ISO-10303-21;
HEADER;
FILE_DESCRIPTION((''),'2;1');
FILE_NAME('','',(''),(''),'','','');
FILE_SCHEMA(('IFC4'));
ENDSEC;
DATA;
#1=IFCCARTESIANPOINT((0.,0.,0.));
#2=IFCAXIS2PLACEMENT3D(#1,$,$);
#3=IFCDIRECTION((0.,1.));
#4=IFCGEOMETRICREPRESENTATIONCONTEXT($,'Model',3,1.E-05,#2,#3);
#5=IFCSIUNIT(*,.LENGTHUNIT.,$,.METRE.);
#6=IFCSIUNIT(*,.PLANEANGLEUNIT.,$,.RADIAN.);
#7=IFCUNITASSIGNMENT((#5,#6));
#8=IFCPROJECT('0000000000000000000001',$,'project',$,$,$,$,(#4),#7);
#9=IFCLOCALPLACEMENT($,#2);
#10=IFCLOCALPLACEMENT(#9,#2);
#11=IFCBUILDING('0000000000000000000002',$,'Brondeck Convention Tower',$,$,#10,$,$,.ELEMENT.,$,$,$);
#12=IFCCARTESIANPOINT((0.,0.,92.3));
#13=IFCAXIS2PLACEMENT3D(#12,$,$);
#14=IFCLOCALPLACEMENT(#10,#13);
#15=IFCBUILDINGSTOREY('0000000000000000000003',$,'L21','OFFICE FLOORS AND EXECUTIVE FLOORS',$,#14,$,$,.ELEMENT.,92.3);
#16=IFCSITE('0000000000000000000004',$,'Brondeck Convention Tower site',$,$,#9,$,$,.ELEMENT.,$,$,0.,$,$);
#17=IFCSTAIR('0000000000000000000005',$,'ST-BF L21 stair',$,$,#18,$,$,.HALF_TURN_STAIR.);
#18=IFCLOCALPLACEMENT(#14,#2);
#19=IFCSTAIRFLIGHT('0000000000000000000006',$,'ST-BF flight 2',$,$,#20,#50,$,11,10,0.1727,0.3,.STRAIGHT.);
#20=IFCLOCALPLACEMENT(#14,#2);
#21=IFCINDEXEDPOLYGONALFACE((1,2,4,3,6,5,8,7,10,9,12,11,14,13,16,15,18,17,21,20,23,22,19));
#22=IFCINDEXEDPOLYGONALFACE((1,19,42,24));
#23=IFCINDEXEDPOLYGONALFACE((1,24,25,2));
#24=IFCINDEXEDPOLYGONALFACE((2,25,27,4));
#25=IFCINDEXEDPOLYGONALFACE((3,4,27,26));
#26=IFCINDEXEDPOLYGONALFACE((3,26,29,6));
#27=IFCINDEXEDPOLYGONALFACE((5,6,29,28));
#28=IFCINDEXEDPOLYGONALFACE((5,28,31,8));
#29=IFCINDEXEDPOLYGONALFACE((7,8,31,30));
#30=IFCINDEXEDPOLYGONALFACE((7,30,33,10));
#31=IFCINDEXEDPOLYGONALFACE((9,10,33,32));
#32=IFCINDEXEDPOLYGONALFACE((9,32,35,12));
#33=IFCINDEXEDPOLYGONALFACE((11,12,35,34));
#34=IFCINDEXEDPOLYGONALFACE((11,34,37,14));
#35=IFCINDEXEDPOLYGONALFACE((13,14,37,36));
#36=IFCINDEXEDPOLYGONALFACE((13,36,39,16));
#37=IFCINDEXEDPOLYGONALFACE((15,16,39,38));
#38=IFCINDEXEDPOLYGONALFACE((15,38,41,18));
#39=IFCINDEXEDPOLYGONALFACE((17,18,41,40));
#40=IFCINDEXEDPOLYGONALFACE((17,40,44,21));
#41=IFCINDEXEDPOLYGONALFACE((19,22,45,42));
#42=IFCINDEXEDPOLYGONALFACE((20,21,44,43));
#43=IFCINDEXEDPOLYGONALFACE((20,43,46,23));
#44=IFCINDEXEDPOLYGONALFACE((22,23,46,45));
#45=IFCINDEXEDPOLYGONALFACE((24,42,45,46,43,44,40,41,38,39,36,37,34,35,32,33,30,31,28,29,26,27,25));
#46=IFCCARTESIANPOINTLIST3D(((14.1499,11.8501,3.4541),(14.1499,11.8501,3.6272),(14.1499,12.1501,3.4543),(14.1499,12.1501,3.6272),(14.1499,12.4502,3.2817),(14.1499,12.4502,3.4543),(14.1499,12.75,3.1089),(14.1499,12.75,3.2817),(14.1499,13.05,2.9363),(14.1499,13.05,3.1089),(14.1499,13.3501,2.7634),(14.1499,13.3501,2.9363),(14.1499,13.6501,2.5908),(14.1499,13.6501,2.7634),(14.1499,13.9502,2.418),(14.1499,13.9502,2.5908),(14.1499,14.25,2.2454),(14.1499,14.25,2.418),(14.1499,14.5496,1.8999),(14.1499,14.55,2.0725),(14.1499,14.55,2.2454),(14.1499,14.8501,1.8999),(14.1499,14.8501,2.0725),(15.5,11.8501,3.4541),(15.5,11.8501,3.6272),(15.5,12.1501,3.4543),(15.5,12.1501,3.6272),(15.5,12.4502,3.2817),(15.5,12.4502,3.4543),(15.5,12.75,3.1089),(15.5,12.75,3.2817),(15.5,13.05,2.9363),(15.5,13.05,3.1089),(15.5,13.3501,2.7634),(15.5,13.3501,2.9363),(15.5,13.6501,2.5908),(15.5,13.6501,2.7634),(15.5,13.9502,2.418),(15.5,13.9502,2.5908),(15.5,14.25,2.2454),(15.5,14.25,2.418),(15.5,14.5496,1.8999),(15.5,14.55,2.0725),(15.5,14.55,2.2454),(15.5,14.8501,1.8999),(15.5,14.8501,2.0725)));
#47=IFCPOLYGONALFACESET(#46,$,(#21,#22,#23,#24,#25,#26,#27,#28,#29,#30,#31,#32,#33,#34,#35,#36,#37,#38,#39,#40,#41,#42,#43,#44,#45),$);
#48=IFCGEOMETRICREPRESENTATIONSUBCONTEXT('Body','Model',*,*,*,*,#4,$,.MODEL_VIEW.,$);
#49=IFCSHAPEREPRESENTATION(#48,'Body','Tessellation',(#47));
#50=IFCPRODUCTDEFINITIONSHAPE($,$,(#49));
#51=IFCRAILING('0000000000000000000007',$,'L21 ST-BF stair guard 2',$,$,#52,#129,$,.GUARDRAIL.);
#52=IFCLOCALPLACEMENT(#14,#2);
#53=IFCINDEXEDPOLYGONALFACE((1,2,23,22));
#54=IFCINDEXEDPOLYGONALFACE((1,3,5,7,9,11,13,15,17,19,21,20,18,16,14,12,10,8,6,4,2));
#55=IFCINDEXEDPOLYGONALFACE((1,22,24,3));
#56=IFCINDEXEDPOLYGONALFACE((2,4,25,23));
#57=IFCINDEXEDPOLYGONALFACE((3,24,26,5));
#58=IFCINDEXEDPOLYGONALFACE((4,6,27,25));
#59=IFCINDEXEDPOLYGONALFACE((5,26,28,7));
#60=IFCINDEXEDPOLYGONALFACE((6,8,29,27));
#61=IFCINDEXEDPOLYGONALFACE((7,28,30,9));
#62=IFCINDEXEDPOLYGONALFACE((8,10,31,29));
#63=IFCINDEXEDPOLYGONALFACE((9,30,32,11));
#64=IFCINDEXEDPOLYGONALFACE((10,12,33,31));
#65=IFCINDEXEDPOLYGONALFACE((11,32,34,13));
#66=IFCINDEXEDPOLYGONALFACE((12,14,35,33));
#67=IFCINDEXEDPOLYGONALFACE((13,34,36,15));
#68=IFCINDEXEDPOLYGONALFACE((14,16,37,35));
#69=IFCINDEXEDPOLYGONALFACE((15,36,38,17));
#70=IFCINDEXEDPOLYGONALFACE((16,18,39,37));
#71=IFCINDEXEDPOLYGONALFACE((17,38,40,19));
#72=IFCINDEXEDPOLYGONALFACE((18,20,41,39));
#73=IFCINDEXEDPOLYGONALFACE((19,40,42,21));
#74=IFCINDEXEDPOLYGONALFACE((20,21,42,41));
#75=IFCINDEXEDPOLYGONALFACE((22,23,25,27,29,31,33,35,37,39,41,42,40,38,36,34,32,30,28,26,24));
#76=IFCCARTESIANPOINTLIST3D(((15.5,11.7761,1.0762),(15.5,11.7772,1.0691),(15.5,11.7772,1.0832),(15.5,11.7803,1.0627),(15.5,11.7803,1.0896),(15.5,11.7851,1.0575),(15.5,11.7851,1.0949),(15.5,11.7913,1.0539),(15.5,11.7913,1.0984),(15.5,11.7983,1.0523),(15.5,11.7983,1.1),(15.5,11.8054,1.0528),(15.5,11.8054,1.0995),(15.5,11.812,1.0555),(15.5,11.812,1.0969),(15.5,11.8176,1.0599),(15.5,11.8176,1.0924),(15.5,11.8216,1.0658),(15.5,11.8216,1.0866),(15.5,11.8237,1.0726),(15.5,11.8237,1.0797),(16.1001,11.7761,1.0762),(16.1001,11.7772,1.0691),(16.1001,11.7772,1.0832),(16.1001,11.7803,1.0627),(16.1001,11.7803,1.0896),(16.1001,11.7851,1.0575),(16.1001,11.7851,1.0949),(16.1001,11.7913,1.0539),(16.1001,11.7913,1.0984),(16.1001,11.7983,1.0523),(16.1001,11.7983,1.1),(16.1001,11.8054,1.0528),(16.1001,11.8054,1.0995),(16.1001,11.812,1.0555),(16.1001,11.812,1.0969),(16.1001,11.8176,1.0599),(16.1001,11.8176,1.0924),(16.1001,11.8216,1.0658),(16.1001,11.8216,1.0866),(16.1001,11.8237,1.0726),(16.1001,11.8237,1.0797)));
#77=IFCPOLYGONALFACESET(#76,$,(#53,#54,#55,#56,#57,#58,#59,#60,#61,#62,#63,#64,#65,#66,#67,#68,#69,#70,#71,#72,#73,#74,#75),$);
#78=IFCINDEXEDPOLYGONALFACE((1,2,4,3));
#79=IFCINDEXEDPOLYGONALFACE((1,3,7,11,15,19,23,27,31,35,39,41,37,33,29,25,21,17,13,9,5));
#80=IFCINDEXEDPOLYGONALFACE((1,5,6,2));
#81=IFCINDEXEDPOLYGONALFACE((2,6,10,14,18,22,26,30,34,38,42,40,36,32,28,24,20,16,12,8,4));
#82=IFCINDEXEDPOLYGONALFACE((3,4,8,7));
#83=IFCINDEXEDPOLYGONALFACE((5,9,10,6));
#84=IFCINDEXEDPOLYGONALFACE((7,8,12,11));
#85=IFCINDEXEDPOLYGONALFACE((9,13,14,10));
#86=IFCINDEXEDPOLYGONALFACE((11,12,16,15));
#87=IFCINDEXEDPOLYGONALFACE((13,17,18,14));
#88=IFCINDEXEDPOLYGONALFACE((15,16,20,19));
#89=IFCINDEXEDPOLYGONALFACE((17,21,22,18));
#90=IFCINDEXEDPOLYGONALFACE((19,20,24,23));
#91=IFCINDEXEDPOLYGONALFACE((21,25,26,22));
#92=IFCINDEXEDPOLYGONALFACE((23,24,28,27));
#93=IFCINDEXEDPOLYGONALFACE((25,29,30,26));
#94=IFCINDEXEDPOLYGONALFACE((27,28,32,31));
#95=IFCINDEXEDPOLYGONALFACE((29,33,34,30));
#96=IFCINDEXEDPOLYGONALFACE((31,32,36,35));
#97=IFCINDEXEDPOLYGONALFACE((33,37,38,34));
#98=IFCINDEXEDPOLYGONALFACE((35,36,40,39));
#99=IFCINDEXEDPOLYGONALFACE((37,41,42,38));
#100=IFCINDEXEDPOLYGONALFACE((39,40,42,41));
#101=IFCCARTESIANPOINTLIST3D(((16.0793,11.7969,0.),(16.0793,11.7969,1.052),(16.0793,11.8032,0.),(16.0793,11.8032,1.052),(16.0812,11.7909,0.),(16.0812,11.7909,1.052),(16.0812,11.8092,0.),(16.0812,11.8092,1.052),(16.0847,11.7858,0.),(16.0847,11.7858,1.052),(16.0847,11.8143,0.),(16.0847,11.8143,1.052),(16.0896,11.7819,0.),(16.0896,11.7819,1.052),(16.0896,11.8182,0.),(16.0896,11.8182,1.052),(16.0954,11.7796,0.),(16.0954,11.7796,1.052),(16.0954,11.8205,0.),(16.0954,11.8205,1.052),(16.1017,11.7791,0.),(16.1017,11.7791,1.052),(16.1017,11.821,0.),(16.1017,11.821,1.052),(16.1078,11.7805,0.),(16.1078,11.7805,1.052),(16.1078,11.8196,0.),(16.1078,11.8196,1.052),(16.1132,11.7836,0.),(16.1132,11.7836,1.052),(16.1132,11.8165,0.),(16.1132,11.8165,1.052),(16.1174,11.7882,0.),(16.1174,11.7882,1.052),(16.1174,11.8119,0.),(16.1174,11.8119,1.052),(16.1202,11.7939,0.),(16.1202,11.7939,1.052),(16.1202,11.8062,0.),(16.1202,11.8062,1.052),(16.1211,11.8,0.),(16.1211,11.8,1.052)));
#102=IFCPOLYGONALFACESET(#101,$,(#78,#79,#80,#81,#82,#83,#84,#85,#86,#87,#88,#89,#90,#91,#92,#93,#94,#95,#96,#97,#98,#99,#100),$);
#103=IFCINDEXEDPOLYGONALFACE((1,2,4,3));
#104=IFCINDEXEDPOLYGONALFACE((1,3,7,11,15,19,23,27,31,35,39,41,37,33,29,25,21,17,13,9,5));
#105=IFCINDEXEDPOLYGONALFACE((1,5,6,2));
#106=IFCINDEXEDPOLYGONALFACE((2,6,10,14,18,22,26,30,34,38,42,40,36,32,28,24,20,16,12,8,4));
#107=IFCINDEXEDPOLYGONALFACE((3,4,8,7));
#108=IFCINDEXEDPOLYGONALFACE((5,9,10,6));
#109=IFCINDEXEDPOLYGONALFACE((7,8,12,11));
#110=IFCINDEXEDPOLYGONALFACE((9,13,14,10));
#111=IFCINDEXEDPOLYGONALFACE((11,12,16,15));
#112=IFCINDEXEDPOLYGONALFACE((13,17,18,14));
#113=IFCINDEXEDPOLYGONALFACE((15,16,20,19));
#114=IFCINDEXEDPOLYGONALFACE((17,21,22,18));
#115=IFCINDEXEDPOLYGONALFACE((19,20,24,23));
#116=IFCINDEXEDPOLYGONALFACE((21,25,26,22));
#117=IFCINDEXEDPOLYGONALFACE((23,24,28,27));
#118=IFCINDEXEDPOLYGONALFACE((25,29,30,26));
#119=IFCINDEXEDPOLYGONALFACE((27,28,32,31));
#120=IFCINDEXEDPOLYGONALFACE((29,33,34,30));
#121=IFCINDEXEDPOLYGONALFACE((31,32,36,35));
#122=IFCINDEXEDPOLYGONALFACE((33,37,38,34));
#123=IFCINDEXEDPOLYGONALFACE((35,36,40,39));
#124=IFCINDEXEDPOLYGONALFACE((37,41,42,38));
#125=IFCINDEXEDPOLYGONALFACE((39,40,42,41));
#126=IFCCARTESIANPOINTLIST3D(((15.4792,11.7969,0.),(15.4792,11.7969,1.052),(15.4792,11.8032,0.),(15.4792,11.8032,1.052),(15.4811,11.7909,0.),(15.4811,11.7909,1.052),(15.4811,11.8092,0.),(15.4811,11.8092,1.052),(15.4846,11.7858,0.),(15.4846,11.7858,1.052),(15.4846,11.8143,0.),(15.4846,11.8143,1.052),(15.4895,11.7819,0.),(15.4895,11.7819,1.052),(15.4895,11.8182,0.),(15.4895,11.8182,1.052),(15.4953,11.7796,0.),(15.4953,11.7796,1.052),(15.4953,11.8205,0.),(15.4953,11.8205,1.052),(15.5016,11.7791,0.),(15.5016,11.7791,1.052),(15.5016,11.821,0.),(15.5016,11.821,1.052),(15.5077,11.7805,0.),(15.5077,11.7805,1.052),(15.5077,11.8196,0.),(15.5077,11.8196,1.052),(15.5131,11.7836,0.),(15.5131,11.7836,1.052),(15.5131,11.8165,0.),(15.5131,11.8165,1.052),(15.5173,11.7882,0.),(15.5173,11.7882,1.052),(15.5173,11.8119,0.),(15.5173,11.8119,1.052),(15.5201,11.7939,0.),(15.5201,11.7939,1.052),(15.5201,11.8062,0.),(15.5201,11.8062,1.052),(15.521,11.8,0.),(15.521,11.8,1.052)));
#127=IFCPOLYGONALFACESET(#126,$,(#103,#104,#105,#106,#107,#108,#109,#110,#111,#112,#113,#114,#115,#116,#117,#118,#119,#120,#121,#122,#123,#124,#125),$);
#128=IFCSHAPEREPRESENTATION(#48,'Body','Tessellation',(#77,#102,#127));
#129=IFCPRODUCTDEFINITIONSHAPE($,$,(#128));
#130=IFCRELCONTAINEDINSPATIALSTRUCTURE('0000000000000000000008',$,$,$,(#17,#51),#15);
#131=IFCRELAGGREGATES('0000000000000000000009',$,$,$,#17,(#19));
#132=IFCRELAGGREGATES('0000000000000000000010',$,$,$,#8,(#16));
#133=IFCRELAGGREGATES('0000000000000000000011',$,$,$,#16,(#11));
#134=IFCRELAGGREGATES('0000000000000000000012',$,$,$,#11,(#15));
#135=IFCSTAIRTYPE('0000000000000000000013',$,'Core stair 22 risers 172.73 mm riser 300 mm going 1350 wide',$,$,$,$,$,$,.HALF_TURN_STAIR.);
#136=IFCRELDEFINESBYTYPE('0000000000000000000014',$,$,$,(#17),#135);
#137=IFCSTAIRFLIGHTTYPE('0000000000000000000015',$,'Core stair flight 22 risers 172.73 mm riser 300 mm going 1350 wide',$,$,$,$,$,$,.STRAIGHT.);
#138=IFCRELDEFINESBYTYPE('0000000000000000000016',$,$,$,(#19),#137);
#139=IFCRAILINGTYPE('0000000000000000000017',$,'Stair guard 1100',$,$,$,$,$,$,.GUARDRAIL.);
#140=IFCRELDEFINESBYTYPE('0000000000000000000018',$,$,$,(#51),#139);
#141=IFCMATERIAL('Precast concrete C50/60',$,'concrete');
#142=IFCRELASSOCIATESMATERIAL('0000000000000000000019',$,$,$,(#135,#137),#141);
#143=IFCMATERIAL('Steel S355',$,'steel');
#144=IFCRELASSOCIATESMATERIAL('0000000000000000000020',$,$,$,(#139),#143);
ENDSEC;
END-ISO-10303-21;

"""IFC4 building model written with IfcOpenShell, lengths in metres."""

from ifc_helpers import new_model, si_unit, direction, frame, origin, origin_2d, place, context, subcontext, project, spatial, polyline, circle, outline, extrude, material, type_object, element, aggregate, save


model = new_model("IFC4")

# Units and contexts
model_context = context("Model", 3, precision=1e-05, world=origin(), true_north=direction((0.0, 1.0)))
body_context = subcontext(model_context, "Body", "Model", "MODEL_VIEW")
ifc_project = project(units=[si_unit("LENGTHUNIT", "METRE"), si_unit("PLANEANGLEUNIT", "RADIAN")], contexts=[model_context])

# Site, building, storey
site_placement = place(None, origin())
site = spatial("IfcSite", under=ifc_project, at=site_placement, Name="Brondeck Convention Tower site", CompositionType="ELEMENT", RefElevation=0.0)
building_placement = place(site_placement, origin())
building = spatial("IfcBuilding", under=site, at=building_placement, Name="Brondeck Convention Tower", CompositionType="ELEMENT")
storey_placement = place(building_placement, frame((0.0, 0.0, 92.3)))
storey = spatial("IfcBuildingStorey", under=building, at=storey_placement, Name="L21", Description="OFFICE FLOORS AND EXECUTIVE FLOORS", CompositionType="ELEMENT", Elevation=92.3)

# Shared definitions
ifc_material_1 = material(Name="Steel S355", Category="steel")

# Stair, stair flight
ifc_material_2 = material(Name="Precast concrete C50/60", Category="concrete")
stair_type = type_object("IfcStairType", Name="Core stair 22 risers 172.73 mm riser 300 mm going 1350 wide", PredefinedType="HALF_TURN_STAIR", material=ifc_material_2)
stair_placement = place(storey_placement, origin())
stair = element("IfcStair", 1, at=stair_placement, inside=storey, type_object=stair_type, Name="ST-BF L21 stair", PredefinedType="HALF_TURN_STAIR")
stair_flight_type = type_object("IfcStairFlightType", Name="Core stair flight 22 risers 172.73 mm riser 300 mm going 1350 wide", PredefinedType="STRAIGHT", material=ifc_material_2)
stair_flight_1_placement = place(storey_placement, frame((14.825, 14.8501, 1.8999), z_axis=(0.0, 0.0, 1.0), x_axis=(0.0, -1.0, 0.0)))
stair_flight_1 = element("IfcStairFlight", 2, at=stair_flight_1_placement, type_object=stair_flight_type, Name="ST-BF flight 2", NumberOfRisers=11, NumberOfTreads=10, PredefinedType="STRAIGHT", RiserHeight=0.1727, TreadLength=0.3, context=body_context, shape_type="SweptSolid", body=[
    extrude(outline(polyline([(0.0, 0.0), (0.0, 0.1726), (0.3, 0.1726), (0.3, 0.3455), (0.6001, 0.3455), (0.6001, 0.5181), (0.8999, 0.5181), (0.8999, 0.6909), (1.2, 0.6909), (1.2, 0.8635), (1.5, 0.8635), (1.5, 1.0364), (1.8, 1.0364), (1.8, 1.209), (2.1001, 1.209), (2.1001, 1.3818), (2.3999, 1.3818), (2.3999, 1.5544), (2.7, 1.5544), (2.7, 1.7273), (3.0, 1.7273), (3.0, 1.8999), (3.0, 1.5542), (0.3005, 0.0), (0.0, 0.0)])), frame((0.0, 0.675, 0.0), z_axis=(0.0, -1.0, 0.0), x_axis=(1.0, 0.0, 0.0)), (0.0, 0.0, 1.0), 1.3501),
])
aggregate(stair, [stair_flight_1])

# Railing
railing_type_1 = type_object("IfcRailingType", Name="Stair guard 1100", PredefinedType="GUARDRAIL", material=ifc_material_1)
railing_1_placement = place(storey_placement, frame((16.1001, 11.8, 0.0)))
element("IfcRailing", 3, at=railing_1_placement, inside=storey, type_object=railing_type_1, Name="L21 ST-BF stair guard 2", PredefinedType="GUARDRAIL", context=body_context, shape_type="SweptSolid", body=[
    extrude(circle(Radius=0.0239, at=origin_2d()), frame((0.0, 0.0, 1.0762), z_axis=(-1.0, 0.0, 0.0), x_axis=(0.0, -1.0, 0.0)), (0.0, 0.0, 1.0), 0.6001),
    extrude(circle(Radius=0.021, at=origin_2d()), origin(), (0.0, 0.0, 1.0), 1.052),
    extrude(circle(Radius=0.021, at=origin_2d()), frame((-0.6001, 0.0, 0.0)), (0.0, 0.0, 1.0), 1.052),
])

save(model, "model.ifc")
